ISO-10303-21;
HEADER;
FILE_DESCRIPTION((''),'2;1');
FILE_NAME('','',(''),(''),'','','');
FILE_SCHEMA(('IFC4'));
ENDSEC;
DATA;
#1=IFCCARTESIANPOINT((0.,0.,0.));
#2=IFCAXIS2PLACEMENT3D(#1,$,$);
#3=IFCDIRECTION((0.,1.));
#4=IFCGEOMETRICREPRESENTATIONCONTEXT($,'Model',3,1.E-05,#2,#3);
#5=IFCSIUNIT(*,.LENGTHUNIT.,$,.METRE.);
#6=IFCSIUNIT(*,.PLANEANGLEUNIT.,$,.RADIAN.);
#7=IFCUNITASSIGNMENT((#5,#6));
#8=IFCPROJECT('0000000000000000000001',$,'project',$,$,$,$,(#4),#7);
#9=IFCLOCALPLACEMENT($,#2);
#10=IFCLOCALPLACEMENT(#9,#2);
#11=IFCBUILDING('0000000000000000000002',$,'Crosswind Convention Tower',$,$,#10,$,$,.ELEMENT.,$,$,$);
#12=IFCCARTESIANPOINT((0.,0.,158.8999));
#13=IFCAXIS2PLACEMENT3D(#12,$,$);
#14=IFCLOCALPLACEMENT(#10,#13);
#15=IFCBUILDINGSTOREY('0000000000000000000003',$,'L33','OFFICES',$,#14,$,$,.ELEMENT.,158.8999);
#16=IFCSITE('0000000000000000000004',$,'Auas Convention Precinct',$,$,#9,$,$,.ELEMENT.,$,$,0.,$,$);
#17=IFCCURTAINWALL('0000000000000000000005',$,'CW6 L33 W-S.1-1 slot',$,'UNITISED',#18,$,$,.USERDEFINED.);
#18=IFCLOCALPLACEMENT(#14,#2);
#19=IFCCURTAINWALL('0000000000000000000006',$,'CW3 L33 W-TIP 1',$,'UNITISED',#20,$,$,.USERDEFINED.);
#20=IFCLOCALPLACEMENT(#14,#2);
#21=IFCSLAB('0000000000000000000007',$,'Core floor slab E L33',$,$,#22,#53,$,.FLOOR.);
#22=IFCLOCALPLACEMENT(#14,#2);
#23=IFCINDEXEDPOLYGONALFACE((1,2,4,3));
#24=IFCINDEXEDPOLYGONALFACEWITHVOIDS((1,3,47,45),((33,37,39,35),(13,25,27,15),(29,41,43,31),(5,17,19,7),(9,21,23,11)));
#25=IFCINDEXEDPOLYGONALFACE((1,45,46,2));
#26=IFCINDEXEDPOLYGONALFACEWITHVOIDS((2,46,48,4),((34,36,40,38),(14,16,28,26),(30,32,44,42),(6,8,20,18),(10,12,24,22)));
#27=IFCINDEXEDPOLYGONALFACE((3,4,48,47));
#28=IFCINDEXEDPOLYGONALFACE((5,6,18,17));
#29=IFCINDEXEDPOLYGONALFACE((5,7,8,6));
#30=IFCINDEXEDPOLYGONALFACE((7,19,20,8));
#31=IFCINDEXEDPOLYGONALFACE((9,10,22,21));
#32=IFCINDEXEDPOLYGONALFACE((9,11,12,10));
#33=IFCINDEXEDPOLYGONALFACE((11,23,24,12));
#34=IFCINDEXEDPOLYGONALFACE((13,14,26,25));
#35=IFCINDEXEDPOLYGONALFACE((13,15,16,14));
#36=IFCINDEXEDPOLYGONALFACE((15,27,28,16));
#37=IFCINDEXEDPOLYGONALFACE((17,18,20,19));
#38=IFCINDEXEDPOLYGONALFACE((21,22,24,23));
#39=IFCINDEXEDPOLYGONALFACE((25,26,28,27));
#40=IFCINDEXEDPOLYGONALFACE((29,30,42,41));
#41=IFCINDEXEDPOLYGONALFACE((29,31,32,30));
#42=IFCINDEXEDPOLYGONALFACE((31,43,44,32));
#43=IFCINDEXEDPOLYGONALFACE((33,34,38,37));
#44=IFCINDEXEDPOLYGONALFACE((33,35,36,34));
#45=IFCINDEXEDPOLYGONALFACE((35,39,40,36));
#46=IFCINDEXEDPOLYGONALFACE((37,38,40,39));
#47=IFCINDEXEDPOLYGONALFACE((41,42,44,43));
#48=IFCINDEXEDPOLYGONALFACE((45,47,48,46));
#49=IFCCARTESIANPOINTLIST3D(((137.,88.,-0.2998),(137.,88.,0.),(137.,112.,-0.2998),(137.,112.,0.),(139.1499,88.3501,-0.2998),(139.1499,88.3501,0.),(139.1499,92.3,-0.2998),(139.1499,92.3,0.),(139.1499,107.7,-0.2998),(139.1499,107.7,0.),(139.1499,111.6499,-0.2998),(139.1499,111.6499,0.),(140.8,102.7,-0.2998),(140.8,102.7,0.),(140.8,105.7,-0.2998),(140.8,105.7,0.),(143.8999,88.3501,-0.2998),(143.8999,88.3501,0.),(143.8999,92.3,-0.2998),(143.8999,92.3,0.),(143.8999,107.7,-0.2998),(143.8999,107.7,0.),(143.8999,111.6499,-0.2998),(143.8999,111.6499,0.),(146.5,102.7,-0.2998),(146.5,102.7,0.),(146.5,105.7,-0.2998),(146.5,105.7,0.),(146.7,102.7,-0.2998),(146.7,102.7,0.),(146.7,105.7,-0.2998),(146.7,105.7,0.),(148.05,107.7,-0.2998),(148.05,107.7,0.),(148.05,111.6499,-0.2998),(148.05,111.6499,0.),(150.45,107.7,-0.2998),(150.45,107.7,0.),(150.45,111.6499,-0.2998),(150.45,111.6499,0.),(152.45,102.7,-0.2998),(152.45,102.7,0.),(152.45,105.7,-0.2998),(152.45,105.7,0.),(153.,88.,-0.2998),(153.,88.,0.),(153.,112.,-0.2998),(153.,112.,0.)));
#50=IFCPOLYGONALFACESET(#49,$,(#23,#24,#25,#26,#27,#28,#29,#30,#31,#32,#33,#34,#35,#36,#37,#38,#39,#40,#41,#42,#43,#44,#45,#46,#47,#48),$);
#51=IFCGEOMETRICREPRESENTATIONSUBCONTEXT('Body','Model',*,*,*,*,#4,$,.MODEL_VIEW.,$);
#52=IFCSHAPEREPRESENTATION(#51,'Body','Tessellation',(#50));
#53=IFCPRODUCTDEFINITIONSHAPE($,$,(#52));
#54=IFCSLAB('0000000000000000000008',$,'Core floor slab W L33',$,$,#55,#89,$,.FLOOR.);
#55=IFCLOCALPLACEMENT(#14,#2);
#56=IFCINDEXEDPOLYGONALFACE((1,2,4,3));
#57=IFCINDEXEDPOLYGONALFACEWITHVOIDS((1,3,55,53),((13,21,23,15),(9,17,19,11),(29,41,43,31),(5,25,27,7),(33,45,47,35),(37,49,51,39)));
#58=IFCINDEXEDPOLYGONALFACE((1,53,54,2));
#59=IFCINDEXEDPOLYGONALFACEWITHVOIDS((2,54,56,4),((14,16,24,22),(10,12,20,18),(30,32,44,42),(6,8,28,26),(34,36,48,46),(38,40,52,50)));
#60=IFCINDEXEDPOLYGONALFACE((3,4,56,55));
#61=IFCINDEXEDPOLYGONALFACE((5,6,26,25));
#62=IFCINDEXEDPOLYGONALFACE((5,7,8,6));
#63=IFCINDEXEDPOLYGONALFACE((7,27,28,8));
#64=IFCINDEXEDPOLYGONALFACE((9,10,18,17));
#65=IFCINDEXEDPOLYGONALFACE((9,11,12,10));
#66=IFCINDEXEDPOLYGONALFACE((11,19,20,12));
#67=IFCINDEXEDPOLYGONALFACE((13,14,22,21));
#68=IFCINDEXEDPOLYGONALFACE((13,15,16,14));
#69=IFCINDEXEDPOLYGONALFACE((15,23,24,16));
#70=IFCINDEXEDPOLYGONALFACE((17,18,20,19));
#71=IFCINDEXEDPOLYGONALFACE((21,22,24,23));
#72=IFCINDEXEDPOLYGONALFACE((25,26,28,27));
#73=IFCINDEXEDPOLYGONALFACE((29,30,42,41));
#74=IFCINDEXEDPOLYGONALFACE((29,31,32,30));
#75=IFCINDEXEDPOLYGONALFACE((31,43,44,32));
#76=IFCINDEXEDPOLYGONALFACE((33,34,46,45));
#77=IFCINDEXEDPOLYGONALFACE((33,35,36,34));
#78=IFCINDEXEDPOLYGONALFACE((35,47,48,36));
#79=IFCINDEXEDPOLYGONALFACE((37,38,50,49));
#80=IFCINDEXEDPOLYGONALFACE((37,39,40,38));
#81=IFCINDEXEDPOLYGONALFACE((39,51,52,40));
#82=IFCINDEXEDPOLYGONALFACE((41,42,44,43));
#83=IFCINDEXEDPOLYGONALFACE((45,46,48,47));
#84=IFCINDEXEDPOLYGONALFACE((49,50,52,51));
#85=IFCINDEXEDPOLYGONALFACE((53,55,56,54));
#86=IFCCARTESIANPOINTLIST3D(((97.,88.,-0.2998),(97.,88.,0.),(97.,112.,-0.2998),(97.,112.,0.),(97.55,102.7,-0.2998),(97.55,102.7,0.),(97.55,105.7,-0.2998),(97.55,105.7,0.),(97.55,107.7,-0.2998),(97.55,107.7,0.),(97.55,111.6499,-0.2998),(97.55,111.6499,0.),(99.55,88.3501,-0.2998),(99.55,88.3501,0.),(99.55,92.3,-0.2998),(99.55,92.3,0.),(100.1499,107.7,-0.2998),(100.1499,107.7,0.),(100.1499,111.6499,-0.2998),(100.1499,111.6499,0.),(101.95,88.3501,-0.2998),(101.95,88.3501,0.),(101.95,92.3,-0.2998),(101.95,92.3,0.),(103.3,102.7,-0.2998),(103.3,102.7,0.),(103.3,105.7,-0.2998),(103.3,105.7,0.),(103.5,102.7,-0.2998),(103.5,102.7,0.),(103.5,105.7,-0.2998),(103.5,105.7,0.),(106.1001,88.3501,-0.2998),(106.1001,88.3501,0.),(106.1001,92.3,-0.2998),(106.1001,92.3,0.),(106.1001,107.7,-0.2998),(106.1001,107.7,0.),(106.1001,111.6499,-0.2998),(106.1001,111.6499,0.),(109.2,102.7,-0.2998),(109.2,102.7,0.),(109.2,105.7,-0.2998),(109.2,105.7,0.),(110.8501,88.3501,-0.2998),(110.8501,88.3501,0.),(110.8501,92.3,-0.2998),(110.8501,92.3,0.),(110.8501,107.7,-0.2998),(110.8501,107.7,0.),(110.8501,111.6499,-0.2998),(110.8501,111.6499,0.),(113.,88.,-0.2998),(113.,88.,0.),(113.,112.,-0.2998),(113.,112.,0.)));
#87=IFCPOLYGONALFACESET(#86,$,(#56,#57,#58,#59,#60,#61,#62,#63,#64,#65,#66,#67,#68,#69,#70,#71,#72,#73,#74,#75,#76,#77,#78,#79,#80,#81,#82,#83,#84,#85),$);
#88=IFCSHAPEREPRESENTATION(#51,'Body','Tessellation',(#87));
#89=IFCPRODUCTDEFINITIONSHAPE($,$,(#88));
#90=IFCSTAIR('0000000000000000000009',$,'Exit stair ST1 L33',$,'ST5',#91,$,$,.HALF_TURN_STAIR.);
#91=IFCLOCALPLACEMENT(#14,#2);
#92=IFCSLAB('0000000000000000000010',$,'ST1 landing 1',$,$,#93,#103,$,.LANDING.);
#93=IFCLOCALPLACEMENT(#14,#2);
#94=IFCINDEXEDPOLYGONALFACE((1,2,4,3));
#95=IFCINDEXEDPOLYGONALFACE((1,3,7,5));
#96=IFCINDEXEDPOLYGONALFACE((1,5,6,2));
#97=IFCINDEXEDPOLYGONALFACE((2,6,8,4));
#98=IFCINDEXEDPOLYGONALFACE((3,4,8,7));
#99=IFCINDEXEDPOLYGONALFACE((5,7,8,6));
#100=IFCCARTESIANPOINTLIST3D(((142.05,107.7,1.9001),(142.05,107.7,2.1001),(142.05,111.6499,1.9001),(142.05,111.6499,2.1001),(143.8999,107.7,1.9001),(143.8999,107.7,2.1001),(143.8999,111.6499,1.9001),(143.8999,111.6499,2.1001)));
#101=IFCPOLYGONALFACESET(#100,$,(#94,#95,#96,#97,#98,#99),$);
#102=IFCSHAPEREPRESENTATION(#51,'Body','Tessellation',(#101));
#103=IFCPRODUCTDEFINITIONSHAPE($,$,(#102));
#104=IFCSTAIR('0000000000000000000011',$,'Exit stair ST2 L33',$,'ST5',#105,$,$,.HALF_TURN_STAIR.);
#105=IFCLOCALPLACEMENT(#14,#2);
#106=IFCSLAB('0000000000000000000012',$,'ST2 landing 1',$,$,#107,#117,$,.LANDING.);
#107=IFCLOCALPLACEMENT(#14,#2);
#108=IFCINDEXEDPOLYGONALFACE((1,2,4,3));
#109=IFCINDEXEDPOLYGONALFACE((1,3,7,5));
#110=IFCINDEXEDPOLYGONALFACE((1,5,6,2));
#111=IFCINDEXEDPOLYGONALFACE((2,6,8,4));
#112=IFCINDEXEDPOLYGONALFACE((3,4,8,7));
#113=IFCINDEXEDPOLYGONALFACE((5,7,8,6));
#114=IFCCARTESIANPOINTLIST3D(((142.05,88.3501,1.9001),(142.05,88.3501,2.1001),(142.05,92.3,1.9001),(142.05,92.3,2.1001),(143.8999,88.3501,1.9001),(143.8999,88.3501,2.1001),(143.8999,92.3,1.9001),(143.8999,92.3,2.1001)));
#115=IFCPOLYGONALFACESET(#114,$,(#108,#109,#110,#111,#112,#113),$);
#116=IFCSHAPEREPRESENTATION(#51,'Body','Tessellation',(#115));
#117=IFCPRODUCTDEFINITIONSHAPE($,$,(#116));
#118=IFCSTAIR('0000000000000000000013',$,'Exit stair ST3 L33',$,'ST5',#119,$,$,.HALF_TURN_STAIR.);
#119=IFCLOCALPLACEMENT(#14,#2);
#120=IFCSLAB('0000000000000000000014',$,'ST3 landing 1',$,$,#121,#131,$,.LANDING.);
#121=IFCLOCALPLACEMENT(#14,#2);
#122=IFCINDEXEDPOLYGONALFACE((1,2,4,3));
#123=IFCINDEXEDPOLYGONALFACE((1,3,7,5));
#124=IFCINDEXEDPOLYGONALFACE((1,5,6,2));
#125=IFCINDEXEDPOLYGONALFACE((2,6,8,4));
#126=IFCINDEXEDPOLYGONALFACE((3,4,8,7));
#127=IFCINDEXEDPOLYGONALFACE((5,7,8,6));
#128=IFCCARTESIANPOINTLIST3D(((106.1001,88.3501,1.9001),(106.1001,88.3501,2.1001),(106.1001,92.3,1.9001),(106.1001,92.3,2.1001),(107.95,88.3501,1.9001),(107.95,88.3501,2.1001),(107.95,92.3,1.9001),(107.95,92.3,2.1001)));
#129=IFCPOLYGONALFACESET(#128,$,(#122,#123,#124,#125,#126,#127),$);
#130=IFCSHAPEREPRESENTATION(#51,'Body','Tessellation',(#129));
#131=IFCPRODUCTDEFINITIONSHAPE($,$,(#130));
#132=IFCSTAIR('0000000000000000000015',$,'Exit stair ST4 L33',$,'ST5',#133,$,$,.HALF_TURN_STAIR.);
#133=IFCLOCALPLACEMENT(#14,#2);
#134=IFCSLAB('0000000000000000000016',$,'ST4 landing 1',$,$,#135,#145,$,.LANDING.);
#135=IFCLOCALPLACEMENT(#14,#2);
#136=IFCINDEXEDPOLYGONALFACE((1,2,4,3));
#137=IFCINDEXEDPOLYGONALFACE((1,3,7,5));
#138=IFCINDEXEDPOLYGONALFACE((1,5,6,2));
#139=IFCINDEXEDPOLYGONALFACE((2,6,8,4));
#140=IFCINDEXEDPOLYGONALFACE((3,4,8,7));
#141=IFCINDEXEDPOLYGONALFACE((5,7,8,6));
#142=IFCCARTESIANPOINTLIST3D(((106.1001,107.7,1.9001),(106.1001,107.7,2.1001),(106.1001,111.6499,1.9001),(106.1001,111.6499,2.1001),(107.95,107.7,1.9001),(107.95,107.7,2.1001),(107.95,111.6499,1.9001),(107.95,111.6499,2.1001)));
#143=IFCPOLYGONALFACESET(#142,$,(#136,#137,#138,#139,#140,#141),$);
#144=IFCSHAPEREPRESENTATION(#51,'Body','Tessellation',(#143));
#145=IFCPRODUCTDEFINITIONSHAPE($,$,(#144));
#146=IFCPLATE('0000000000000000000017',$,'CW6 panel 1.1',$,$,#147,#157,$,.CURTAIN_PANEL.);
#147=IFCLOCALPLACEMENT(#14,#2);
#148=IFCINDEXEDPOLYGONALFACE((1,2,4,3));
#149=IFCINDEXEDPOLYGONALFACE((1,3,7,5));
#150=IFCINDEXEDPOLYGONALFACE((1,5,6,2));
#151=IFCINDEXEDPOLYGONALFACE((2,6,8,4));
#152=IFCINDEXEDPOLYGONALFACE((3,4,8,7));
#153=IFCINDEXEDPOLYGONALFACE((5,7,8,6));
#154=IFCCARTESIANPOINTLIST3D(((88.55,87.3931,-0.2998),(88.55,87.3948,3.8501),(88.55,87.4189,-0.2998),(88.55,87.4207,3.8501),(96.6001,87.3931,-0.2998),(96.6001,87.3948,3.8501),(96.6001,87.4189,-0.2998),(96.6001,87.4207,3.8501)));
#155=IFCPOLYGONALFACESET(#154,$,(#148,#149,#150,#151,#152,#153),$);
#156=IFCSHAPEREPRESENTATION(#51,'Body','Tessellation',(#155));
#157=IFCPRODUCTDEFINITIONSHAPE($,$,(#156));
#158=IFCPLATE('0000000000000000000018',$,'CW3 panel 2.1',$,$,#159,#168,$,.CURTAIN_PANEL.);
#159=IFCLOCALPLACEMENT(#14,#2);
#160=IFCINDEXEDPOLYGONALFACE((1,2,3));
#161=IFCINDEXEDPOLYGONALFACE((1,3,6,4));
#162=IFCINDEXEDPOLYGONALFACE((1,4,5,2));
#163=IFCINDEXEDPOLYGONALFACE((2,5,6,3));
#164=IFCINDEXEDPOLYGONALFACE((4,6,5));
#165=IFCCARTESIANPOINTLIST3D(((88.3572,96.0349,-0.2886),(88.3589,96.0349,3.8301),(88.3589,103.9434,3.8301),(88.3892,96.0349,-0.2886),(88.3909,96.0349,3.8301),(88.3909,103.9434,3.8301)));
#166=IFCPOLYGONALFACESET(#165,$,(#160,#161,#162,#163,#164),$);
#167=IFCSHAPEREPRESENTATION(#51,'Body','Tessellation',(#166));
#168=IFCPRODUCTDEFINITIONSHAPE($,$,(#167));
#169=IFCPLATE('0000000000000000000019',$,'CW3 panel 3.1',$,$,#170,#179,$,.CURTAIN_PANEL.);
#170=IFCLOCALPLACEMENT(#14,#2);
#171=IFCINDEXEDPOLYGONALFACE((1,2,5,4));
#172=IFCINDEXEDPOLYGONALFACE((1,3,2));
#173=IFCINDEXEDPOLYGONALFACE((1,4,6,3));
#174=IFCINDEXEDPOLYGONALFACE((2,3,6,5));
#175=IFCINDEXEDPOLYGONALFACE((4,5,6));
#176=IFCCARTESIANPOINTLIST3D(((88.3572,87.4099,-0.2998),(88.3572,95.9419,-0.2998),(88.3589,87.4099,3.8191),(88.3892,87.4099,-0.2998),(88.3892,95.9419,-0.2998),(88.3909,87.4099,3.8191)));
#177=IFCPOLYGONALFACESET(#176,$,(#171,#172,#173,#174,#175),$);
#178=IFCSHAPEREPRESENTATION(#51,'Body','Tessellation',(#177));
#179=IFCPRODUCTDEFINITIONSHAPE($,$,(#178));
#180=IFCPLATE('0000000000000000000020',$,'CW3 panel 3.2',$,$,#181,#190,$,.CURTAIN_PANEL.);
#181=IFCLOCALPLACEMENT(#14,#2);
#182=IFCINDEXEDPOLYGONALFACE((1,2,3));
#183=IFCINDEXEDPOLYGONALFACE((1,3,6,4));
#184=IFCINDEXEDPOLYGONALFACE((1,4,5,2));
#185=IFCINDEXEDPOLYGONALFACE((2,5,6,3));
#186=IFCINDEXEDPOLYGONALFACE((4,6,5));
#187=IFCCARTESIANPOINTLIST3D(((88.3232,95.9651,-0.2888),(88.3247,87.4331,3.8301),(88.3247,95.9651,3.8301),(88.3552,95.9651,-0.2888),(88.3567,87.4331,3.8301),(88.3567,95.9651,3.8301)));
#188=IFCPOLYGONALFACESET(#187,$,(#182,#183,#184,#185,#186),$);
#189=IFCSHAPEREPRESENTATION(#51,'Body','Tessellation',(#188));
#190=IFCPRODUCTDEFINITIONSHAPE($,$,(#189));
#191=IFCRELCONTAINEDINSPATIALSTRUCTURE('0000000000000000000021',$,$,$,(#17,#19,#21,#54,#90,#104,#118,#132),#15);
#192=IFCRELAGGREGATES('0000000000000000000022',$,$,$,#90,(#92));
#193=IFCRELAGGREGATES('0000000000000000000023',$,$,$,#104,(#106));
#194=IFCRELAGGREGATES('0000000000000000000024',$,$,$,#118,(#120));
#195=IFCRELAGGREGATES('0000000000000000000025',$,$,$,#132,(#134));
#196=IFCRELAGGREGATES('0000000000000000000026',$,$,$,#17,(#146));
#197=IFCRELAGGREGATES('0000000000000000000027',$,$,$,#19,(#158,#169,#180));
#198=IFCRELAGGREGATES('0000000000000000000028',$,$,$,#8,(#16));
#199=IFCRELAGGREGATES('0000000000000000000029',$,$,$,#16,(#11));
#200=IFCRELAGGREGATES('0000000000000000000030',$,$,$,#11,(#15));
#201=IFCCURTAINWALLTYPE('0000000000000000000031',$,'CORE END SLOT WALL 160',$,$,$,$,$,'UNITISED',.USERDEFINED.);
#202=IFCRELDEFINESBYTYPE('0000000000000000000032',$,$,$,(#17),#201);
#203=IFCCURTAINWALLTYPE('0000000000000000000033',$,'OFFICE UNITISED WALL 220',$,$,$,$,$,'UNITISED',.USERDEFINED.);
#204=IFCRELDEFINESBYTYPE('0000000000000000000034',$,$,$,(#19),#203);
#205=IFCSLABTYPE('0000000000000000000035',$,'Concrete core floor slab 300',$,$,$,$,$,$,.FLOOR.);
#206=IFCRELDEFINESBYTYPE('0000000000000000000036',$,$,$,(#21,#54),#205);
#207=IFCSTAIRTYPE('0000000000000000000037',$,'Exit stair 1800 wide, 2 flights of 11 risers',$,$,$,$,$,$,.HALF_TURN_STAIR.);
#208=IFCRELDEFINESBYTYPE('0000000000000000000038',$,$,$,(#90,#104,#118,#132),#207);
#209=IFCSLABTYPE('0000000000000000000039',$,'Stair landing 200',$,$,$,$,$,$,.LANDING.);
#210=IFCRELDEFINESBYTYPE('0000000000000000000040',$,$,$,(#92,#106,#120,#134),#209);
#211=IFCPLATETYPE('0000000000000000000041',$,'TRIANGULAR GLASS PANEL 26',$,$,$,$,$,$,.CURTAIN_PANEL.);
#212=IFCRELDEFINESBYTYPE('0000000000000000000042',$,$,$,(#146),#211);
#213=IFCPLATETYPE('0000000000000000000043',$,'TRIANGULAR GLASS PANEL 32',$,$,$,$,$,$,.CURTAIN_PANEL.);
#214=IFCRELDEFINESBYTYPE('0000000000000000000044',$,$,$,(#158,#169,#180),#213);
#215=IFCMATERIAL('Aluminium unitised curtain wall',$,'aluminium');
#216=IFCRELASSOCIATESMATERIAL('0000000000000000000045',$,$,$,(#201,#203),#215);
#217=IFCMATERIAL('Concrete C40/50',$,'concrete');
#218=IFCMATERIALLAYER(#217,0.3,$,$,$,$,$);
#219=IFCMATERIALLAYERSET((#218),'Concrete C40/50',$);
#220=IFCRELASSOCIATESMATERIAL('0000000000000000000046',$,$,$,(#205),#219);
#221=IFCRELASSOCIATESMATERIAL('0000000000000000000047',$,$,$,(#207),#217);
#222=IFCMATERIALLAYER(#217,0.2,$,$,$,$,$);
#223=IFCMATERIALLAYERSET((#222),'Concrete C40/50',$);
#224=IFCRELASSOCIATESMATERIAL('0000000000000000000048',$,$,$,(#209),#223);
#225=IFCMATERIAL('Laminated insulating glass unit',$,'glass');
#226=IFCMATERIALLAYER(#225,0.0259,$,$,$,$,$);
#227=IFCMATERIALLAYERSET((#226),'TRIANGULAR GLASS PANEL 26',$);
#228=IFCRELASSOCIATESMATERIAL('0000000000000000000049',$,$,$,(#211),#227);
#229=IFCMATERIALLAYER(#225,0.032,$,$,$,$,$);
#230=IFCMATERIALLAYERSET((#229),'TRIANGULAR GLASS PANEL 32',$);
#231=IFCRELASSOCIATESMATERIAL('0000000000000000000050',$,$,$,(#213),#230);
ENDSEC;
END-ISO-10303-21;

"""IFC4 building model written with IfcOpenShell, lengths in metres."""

from ifc_helpers import new_model, si_unit, direction, frame, origin, place, context, subcontext, project, spatial, polyline, outline, extrude, material, layer, layer_set, type_object, element, aggregate, save


model = new_model("IFC4")

# Units and contexts
model_context = context("Model", 3, precision=1e-05, world=origin(), true_north=direction((0.0, 1.0)))
body_context = subcontext(model_context, "Body", "Model", "MODEL_VIEW")
ifc_project = project(units=[si_unit("LENGTHUNIT", "METRE"), si_unit("PLANEANGLEUNIT", "RADIAN")], contexts=[model_context])

# Site, building, storey
site_placement = place(None, origin())
site = spatial("IfcSite", under=ifc_project, at=site_placement, Name="Auas Convention Precinct", CompositionType="ELEMENT", RefElevation=0.0)
building_placement = place(site_placement, origin())
building = spatial("IfcBuilding", under=site, at=building_placement, Name="Crosswind Convention Tower", CompositionType="ELEMENT")
storey_placement = place(building_placement, frame((0.0, 0.0, 158.8999)))
storey = spatial("IfcBuildingStorey", under=building, at=storey_placement, Name="L33", Description="OFFICES", CompositionType="ELEMENT", Elevation=158.8999)

# Curtain wall
ifc_material_1 = material(Name="Aluminium unitised curtain wall", Category="aluminium")
curtain_wall_type_1 = type_object("IfcCurtainWallType", Name="CORE END SLOT WALL 160", ElementType="UNITISED", PredefinedType="USERDEFINED", material=ifc_material_1)
curtain_wall_1_placement = place(storey_placement, origin())
curtain_wall_1 = element("IfcCurtainWall", 1, at=curtain_wall_1_placement, inside=storey, type_object=curtain_wall_type_1, Name="CW6 L33 W-S.1-1 slot", ObjectType="UNITISED", PredefinedType="USERDEFINED")

# Curtain wall
curtain_wall_type_2 = type_object("IfcCurtainWallType", Name="OFFICE UNITISED WALL 220", ElementType="UNITISED", PredefinedType="USERDEFINED", material=ifc_material_1)
curtain_wall_2_placement = place(storey_placement, origin())
curtain_wall_2 = element("IfcCurtainWall", 2, at=curtain_wall_2_placement, inside=storey, type_object=curtain_wall_type_2, Name="CW3 L33 W-TIP 1", ObjectType="UNITISED", PredefinedType="USERDEFINED")

# Slabs
ifc_material_2 = material(Name="Concrete C40/50", Category="concrete")
ifc_layer_1 = layer(ifc_material_2, 0.3)
ifc_layer_set_1 = layer_set([ifc_layer_1], Name="Concrete C40/50")
slab_type_1 = type_object("IfcSlabType", Name="Concrete core floor slab 300", PredefinedType="FLOOR", material=ifc_layer_set_1)
slab_1_placement = place(storey_placement, frame((0.0, 0.0, -0.2998)))
element("IfcSlab", 3, at=slab_1_placement, inside=storey, type_object=slab_type_1, Name="Core floor slab E L33", PredefinedType="FLOOR", context=body_context, shape_type="SweptSolid", body=[
    extrude(outline(polyline([(137.0, 88.0), (153.0, 88.0), (153.0, 112.0), (137.0, 112.0), (137.0, 88.0)]), holes=[polyline([(146.5, 102.7), (146.5, 105.7), (140.8, 105.7), (140.8, 102.7), (146.5, 102.7)]), polyline([(152.45, 102.7), (152.45, 105.7), (146.7, 105.7), (146.7, 102.7), (152.45, 102.7)]), polyline([(150.45, 107.7), (150.45, 111.6499), (148.05, 111.6499), (148.05, 107.7), (150.45, 107.7)]), polyline([(143.8999, 107.7), (143.8999, 111.6499), (139.1499, 111.6499), (139.1499, 107.7), (143.8999, 107.7)]), polyline([(143.8999, 88.3501), (143.8999, 92.3), (139.1499, 92.3), (139.1499, 88.3501), (143.8999, 88.3501)])]), origin(), (0.0, 0.0, 1.0), 0.2998),
])
slab_2_placement = place(storey_placement, frame((0.0, 0.0, -0.2998)))
element("IfcSlab", 4, at=slab_2_placement, inside=storey, type_object=slab_type_1, Name="Core floor slab W L33", PredefinedType="FLOOR", context=body_context, shape_type="SweptSolid", body=[
    extrude(outline(polyline([(97.0, 88.0), (113.0, 88.0), (113.0, 112.0), (97.0, 112.0), (97.0, 88.0)]), holes=[polyline([(109.2, 102.7), (109.2, 105.7), (103.5, 105.7), (103.5, 102.7), (109.2, 102.7)]), polyline([(103.3, 102.7), (103.3, 105.7), (97.55, 105.7), (97.55, 102.7), (103.3, 102.7)]), polyline([(101.95, 88.3501), (101.95, 92.3), (99.55, 92.3), (99.55, 88.3501), (101.95, 88.3501)]), polyline([(100.1499, 107.7), (100.1499, 111.6499), (97.55, 111.6499), (97.55, 107.7), (100.1499, 107.7)]), polyline([(110.8501, 88.3501), (110.8501, 92.3), (106.1001, 92.3), (106.1001, 88.3501), (110.8501, 88.3501)]), polyline([(110.8501, 107.7), (110.8501, 111.6499), (106.1001, 111.6499), (106.1001, 107.7), (110.8501, 107.7)])]), origin(), (0.0, 0.0, 1.0), 0.2998),
])

# Stairs, slabs
stair_type = type_object("IfcStairType", Name="Exit stair 1800 wide, 2 flights of 11 risers", PredefinedType="HALF_TURN_STAIR", material=ifc_material_2)
stair_1_placement = place(storey_placement, origin())
stair_1 = element("IfcStair", 5, at=stair_1_placement, inside=storey, type_object=stair_type, Name="Exit stair ST1 L33", ObjectType="ST5", PredefinedType="HALF_TURN_STAIR")
ifc_layer_2 = layer(ifc_material_2, 0.2)
ifc_layer_set_2 = layer_set([ifc_layer_2], Name="Concrete C40/50")
slab_type_2 = type_object("IfcSlabType", Name="Stair landing 200", PredefinedType="LANDING", material=ifc_layer_set_2)
slab_3_placement = place(storey_placement, frame((0.0, 0.0, 1.9001)))
slab_3 = element("IfcSlab", 6, at=slab_3_placement, type_object=slab_type_2, Name="ST1 landing 1", PredefinedType="LANDING", context=body_context, shape_type="SweptSolid", body=[
    extrude(outline(polyline([(143.8999, 107.7), (143.8999, 111.6499), (142.05, 111.6499), (142.05, 107.7), (143.8999, 107.7)])), origin(), (0.0, 0.0, 1.0), 0.2),
])
aggregate(stair_1, [slab_3])
stair_2_placement = place(storey_placement, origin())
stair_2 = element("IfcStair", 7, at=stair_2_placement, inside=storey, type_object=stair_type, Name="Exit stair ST2 L33", ObjectType="ST5", PredefinedType="HALF_TURN_STAIR")
slab_4_placement = place(storey_placement, frame((0.0, 0.0, 1.9001)))
slab_4 = element("IfcSlab", 8, at=slab_4_placement, type_object=slab_type_2, Name="ST2 landing 1", PredefinedType="LANDING", context=body_context, shape_type="SweptSolid", body=[
    extrude(outline(polyline([(143.8999, 88.3501), (143.8999, 92.3), (142.05, 92.3), (142.05, 88.3501), (143.8999, 88.3501)])), origin(), (0.0, 0.0, 1.0), 0.2),
])
aggregate(stair_2, [slab_4])
stair_3_placement = place(storey_placement, origin())
stair_3 = element("IfcStair", 9, at=stair_3_placement, inside=storey, type_object=stair_type, Name="Exit stair ST3 L33", ObjectType="ST5", PredefinedType="HALF_TURN_STAIR")
slab_5_placement = place(storey_placement, frame((0.0, 0.0, 1.9001)))
slab_5 = element("IfcSlab", 10, at=slab_5_placement, type_object=slab_type_2, Name="ST3 landing 1", PredefinedType="LANDING", context=body_context, shape_type="SweptSolid", body=[
    extrude(outline(polyline([(107.95, 88.3501), (107.95, 92.3), (106.1001, 92.3), (106.1001, 88.3501), (107.95, 88.3501)])), origin(), (0.0, 0.0, 1.0), 0.2),
])
aggregate(stair_3, [slab_5])
stair_4_placement = place(storey_placement, origin())
stair_4 = element("IfcStair", 11, at=stair_4_placement, inside=storey, type_object=stair_type, Name="Exit stair ST4 L33", ObjectType="ST5", PredefinedType="HALF_TURN_STAIR")
slab_6_placement = place(storey_placement, frame((0.0, 0.0, 1.9001)))
slab_6 = element("IfcSlab", 12, at=slab_6_placement, type_object=slab_type_2, Name="ST4 landing 1", PredefinedType="LANDING", context=body_context, shape_type="SweptSolid", body=[
    extrude(outline(polyline([(107.95, 107.7), (107.95, 111.6499), (106.1001, 111.6499), (106.1001, 107.7), (107.95, 107.7)])), origin(), (0.0, 0.0, 1.0), 0.2),
])
aggregate(stair_4, [slab_6])

# Plates
ifc_material_3 = material(Name="Laminated insulating glass unit", Category="glass")
ifc_layer_3 = layer(ifc_material_3, 0.0259)
ifc_layer_set_3 = layer_set([ifc_layer_3], Name="TRIANGULAR GLASS PANEL 26")
plate_type_1 = type_object("IfcPlateType", Name="TRIANGULAR GLASS PANEL 26", PredefinedType="CURTAIN_PANEL", material=ifc_layer_set_3)
plate_1_placement = place(storey_placement, frame((88.55, 87.3931, -0.2998), z_axis=(0.0, -1.0, 0.000412), x_axis=(1.0, 0.0, 0.0)))
plate_1 = element("IfcPlate", 13, at=plate_1_placement, type_object=plate_type_1, Name="CW6 panel 1.1", PredefinedType="CURTAIN_PANEL", context=body_context, shape_type="SweptSolid", body=[
    extrude(outline(polyline([(0.0, 0.0), (8.05, 0.0), (8.05, 4.1499), (0.0, 4.1499), (0.0, 0.0)])), origin(), (0.0, 0.0, -1.0), 0.0259),
])
aggregate(curtain_wall_1, [plate_1])
ifc_layer_4 = layer(ifc_material_3, 0.032)
ifc_layer_set_4 = layer_set([ifc_layer_4], Name="TRIANGULAR GLASS PANEL 32")
plate_type_2 = type_object("IfcPlateType", Name="TRIANGULAR GLASS PANEL 32", PredefinedType="CURTAIN_PANEL", material=ifc_layer_set_4)
plate_2_placement = place(storey_placement, frame((88.3589, 96.0349, 3.8301), z_axis=(-1.0, 0.0, 0.000415), x_axis=(0.0, 1.0, 0.0)))
plate_2 = element("IfcPlate", 14, at=plate_2_placement, type_object=plate_type_2, Name="CW3 panel 2.1", PredefinedType="CURTAIN_PANEL", context=body_context, shape_type="SweptSolid", body=[
    extrude(outline(polyline([(0.0, 0.0), (7.9084, 0.0), (0.0, 4.1187), (0.0, 0.0)])), origin(), (0.0, 0.0, -1.0), 0.032),
])
plate_3_placement = place(storey_placement, frame((88.3572, 87.4099, -0.2998), z_axis=(-1.0, 0.0, 0.000415), x_axis=(0.000415, 0.0, 1.0)))
plate_3 = element("IfcPlate", 15, at=plate_3_placement, type_object=plate_type_2, Name="CW3 panel 3.1", PredefinedType="CURTAIN_PANEL", context=body_context, shape_type="SweptSolid", body=[
    extrude(outline(polyline([(0.0, 0.0), (4.1189, 0.0), (0.0, 8.532), (0.0, 0.0)])), origin(), (0.0, 0.0, -1.0), 0.032),
])
plate_4_placement = place(storey_placement, frame((88.3247, 95.9651, 3.8301), z_axis=(-1.0, 0.0, 0.000356), x_axis=(-0.000356, 0.0, -1.0)))
plate_4 = element("IfcPlate", 16, at=plate_4_placement, type_object=plate_type_2, Name="CW3 panel 3.2", PredefinedType="CURTAIN_PANEL", context=body_context, shape_type="SweptSolid", body=[
    extrude(outline(polyline([(0.0, 0.0), (4.1189, 0.0), (0.0, 8.532), (0.0, 0.0)])), origin(), (0.0, 0.0, -1.0), 0.032),
])
aggregate(curtain_wall_2, [plate_2, plate_3, plate_4])

save(model, "model.ifc")
